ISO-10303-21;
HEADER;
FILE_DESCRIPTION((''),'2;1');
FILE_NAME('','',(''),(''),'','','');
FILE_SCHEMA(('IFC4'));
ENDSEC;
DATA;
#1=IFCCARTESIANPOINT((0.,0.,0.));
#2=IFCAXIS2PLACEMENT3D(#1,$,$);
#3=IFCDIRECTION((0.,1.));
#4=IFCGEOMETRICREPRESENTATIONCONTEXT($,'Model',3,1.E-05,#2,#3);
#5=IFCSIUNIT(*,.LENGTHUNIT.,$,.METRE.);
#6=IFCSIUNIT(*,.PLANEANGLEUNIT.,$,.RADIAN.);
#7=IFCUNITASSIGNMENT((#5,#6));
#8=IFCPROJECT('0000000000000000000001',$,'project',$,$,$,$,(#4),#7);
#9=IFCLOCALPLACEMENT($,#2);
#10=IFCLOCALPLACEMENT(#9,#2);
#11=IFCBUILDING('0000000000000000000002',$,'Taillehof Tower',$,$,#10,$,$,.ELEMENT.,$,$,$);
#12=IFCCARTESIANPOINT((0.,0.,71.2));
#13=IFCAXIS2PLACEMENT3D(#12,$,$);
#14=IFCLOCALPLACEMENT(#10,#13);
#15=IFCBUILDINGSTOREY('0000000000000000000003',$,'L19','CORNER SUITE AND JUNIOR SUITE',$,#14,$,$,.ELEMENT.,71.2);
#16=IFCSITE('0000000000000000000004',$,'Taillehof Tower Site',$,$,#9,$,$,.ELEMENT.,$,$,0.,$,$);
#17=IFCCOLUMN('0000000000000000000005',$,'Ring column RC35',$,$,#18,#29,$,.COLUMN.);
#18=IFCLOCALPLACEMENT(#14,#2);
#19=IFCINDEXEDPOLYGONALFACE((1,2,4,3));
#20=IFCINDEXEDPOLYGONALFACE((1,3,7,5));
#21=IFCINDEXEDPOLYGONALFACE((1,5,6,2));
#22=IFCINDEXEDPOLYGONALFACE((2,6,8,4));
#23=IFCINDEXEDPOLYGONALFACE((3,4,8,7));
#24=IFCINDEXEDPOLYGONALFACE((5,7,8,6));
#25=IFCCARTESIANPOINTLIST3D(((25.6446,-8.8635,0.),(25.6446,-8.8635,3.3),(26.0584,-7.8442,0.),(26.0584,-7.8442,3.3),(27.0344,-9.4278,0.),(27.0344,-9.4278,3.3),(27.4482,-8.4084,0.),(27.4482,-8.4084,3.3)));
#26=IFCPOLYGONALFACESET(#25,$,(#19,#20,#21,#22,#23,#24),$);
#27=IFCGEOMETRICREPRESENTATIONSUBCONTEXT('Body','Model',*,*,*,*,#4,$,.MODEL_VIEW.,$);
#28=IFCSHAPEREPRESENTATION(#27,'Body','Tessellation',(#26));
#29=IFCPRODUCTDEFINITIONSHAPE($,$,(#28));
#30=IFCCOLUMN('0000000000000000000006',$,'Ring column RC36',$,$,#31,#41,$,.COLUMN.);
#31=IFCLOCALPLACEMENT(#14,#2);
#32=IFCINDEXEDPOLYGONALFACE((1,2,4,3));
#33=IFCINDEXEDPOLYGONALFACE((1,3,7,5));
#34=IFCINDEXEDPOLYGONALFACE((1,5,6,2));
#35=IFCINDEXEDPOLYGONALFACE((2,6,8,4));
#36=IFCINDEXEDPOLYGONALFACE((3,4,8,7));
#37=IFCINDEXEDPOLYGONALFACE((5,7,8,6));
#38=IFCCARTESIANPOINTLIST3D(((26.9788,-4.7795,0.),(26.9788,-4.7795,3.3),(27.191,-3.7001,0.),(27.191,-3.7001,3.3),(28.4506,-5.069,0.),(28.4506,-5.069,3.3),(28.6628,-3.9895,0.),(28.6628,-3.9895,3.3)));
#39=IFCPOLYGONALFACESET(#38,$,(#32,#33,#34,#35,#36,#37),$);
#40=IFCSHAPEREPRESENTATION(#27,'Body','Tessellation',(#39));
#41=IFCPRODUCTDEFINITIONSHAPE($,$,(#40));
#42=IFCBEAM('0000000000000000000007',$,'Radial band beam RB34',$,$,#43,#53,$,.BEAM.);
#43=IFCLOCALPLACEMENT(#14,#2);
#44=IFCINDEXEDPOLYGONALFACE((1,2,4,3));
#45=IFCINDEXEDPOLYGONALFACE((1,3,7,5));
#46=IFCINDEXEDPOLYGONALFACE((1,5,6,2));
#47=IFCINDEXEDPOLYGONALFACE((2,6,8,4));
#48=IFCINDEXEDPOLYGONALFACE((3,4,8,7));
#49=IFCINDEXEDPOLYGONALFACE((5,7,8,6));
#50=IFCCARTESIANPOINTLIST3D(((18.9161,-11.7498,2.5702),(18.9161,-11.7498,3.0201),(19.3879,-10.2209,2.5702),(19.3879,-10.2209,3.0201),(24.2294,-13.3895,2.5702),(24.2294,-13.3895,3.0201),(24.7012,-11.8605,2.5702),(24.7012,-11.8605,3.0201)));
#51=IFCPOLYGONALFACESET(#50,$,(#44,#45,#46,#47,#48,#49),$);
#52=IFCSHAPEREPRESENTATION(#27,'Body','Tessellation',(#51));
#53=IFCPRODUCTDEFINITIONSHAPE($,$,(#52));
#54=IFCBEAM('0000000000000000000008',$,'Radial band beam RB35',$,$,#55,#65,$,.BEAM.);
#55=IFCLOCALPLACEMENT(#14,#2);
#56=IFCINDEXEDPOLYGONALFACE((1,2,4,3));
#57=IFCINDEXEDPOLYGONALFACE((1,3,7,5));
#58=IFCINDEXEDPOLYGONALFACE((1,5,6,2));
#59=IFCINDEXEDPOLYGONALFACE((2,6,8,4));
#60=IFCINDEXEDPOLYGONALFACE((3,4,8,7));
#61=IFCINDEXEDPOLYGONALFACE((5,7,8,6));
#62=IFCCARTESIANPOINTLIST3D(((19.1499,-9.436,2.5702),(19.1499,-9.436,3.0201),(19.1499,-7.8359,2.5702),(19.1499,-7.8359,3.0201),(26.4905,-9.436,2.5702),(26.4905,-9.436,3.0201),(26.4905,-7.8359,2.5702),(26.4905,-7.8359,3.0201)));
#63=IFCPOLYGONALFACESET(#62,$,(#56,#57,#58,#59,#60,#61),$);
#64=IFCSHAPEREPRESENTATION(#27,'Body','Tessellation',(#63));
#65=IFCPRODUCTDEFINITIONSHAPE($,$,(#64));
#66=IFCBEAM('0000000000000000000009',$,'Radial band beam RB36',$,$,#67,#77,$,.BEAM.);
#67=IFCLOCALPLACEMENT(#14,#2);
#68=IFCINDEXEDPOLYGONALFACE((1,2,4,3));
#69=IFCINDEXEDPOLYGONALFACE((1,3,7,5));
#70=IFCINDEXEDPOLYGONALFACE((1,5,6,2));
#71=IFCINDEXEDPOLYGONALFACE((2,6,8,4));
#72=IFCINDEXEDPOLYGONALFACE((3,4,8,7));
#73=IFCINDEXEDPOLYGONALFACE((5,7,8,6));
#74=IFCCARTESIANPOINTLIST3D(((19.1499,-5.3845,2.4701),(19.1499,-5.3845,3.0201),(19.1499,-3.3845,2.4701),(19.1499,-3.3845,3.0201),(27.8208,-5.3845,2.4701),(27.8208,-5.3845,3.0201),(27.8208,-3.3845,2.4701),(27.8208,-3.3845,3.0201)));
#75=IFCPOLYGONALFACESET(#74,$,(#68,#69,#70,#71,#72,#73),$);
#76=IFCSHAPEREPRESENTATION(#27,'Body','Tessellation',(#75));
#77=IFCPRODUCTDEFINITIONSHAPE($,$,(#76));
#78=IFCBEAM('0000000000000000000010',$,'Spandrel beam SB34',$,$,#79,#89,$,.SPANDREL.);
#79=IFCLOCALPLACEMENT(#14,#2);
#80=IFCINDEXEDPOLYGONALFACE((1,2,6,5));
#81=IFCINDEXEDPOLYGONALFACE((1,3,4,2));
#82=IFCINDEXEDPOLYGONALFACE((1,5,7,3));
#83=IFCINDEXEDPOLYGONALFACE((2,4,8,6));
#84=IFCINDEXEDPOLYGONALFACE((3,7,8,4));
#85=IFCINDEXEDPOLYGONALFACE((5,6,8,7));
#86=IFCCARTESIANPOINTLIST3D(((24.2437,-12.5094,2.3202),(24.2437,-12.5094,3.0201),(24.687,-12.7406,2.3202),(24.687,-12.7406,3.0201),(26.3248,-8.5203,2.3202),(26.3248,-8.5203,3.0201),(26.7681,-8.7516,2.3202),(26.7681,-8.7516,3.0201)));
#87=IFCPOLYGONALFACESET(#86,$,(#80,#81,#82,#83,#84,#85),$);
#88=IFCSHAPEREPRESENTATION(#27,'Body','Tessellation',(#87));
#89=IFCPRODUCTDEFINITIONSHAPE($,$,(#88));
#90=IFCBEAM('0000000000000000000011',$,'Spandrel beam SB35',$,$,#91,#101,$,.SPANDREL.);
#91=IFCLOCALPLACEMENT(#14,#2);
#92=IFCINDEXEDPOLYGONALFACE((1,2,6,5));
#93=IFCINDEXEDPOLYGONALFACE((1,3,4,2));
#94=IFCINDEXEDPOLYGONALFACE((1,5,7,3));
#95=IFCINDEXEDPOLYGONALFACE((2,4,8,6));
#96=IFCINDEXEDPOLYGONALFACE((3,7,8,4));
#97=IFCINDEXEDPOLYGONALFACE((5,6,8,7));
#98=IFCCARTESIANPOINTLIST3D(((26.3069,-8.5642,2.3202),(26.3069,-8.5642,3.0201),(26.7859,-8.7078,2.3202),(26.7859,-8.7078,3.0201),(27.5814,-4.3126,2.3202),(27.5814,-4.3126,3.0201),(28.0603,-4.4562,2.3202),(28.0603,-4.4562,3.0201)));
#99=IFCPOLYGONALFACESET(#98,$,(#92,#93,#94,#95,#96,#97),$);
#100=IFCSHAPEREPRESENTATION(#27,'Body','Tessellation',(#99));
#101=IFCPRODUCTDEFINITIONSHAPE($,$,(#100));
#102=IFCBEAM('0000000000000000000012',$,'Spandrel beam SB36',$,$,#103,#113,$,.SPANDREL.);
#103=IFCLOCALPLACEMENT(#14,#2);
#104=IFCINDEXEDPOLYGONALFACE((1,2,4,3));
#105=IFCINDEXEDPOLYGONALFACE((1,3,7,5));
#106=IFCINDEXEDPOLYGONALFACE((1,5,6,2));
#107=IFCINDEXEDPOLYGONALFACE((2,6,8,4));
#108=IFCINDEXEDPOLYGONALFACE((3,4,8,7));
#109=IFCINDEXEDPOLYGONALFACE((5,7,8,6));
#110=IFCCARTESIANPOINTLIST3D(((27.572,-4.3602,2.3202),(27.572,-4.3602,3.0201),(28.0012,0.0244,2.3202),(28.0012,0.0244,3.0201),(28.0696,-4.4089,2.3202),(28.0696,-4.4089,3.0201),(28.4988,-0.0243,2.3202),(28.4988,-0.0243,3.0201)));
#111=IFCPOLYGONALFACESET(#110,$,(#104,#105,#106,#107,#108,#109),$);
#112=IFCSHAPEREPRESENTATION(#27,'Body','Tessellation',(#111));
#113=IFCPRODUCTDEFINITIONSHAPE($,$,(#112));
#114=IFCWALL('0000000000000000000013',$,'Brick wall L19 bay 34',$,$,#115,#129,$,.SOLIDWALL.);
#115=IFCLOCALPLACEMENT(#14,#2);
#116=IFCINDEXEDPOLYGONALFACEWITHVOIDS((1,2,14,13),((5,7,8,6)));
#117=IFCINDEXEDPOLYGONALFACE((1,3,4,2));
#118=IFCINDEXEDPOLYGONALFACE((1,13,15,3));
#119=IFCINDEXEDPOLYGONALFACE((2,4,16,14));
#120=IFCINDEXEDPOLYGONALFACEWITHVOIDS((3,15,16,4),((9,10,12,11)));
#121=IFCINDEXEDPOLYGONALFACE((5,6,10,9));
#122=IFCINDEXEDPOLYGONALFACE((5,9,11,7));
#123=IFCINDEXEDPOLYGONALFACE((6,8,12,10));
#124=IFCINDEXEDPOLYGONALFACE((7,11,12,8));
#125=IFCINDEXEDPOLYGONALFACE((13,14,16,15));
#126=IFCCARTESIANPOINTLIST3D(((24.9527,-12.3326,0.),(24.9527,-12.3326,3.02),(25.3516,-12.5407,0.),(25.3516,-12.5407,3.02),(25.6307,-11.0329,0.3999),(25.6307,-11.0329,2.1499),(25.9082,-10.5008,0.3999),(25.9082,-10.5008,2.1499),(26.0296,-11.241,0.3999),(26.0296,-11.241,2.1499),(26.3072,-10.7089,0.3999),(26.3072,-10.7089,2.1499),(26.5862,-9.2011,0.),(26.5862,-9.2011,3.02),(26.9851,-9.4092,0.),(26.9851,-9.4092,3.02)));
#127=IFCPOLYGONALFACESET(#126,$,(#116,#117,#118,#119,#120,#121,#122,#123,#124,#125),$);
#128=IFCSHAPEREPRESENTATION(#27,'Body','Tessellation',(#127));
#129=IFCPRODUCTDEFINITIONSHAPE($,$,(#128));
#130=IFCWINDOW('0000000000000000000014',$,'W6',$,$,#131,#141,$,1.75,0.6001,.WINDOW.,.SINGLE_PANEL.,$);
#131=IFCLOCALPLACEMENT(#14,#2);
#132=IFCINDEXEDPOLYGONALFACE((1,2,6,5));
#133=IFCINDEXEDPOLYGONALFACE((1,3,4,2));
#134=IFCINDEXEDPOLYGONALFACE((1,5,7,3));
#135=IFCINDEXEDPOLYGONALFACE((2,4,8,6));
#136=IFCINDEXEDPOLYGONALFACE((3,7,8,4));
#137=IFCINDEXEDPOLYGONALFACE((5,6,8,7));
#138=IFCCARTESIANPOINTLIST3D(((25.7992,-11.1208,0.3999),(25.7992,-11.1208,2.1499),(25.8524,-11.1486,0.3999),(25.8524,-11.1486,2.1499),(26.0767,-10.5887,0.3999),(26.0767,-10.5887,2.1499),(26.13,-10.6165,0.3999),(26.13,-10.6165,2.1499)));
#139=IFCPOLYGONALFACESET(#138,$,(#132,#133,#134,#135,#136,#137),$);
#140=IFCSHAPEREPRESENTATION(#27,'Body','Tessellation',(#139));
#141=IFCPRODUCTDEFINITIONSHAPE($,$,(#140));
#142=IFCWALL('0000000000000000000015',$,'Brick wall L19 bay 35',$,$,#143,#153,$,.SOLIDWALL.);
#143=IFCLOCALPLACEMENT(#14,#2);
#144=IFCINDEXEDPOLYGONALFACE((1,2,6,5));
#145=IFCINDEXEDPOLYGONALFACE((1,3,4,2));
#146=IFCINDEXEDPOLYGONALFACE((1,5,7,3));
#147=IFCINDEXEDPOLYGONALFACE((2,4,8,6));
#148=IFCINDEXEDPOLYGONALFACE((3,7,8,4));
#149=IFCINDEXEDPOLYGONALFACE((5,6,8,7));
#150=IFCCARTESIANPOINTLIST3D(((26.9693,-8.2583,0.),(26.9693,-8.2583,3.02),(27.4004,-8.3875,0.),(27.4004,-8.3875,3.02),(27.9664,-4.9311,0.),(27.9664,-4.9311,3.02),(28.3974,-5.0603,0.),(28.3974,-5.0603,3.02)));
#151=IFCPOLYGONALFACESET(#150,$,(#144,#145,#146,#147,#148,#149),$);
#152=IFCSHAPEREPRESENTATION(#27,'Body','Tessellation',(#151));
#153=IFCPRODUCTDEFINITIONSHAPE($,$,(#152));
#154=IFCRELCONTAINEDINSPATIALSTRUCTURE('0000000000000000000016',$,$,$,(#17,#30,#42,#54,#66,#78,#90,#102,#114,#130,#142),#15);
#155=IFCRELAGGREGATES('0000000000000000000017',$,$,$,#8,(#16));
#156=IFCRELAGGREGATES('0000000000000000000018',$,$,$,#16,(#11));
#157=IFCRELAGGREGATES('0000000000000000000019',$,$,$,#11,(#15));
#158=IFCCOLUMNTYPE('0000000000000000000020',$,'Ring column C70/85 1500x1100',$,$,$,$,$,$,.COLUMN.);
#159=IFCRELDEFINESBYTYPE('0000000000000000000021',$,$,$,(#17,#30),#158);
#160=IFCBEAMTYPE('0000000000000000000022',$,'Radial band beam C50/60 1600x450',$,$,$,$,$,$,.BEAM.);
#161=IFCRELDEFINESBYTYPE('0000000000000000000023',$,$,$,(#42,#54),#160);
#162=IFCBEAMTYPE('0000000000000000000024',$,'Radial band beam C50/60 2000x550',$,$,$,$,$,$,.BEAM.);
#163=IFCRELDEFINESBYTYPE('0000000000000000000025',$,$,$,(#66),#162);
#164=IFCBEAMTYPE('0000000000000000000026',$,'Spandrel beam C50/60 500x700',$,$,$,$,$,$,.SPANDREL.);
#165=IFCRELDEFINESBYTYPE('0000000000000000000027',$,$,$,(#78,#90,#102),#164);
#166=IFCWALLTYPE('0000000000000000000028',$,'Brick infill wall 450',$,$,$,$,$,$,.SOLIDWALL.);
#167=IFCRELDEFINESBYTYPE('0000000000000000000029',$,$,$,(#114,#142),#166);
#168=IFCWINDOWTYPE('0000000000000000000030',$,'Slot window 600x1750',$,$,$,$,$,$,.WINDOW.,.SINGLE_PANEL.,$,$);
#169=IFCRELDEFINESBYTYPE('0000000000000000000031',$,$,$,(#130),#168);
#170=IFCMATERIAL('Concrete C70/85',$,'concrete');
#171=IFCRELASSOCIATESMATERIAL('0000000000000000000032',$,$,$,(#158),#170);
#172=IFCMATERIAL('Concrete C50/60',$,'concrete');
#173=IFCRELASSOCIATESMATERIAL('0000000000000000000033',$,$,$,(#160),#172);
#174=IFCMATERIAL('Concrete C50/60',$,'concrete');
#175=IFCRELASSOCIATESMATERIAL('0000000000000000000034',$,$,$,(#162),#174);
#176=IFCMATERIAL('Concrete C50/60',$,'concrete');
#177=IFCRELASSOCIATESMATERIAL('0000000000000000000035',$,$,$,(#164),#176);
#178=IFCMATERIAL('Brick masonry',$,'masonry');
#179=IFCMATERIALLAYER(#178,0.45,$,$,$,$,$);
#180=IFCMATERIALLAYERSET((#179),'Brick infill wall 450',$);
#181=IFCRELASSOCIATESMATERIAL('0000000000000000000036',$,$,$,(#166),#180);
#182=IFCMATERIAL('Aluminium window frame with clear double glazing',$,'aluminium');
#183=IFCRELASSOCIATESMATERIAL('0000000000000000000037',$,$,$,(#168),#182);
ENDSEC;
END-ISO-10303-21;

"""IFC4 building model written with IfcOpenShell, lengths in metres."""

from ifc_helpers import new_model, si_unit, direction, frame, frame_2d, origin, origin_2d, place, context, subcontext, project, spatial, rectangle, extrude, material, layer, layer_set, material_profile, profile_set, type_object, element, fill, save


model = new_model("IFC4")

# Units and contexts
model_context = context("Model", 3, precision=1e-05, world=origin(), true_north=direction((0.0, 1.0)))
body_context = subcontext(model_context, "Body", "Model", "MODEL_VIEW")
ifc_project = project(units=[si_unit("LENGTHUNIT", "METRE"), si_unit("PLANEANGLEUNIT", "RADIAN")], contexts=[model_context])

# Site, building, storey
site_placement = place(None, origin())
site = spatial("IfcSite", under=ifc_project, at=site_placement, Name="Taillehof Tower Site", CompositionType="ELEMENT", RefElevation=0.0)
building_placement = place(site_placement, origin())
building = spatial("IfcBuilding", under=site, at=building_placement, Name="Taillehof Tower", CompositionType="ELEMENT")
storey_placement = place(building_placement, frame((0.0, 0.0, 71.2)))
storey = spatial("IfcBuildingStorey", under=building, at=storey_placement, Name="L19", Description="CORNER SUITE AND JUNIOR SUITE", CompositionType="ELEMENT", Elevation=71.2)

# Columns
ifc_material_1 = material(Name="Concrete C70/85", Category="concrete")
ifc_material_profile_1 = material_profile(ifc_material_1, rectangle(XDim=1.5, YDim=1.1001, at=origin_2d()), Name="RC 1500x1100")
ifc_profile_set_1 = profile_set([ifc_material_profile_1], Name="Concrete C70/85")
column_type = type_object("IfcColumnType", Name="Ring column C70/85 1500x1100", PredefinedType="COLUMN", material=ifc_profile_set_1)
for number, where, z_axis, x_axis, name in (
    (1, (26.5464, -8.636, 0.0), (0.0, 0.0, 1.0), (0.926558, -0.376152, 0.0), "Ring column RC35"),
    (2, (27.8208, -4.3845, 0.0), (0.0, 0.0, 1.0), (0.981204, -0.192976, 0.0), "Ring column RC36"),
):
    element("IfcColumn", number, at=place(storey_placement, frame(where, z_axis=z_axis, x_axis=x_axis)), inside=storey, type_object=column_type, Name=name, PredefinedType="COLUMN", context=body_context, shape_type="SweptSolid", body=[
        extrude(rectangle(XDim=1.5, YDim=1.1001, at=origin_2d()), origin(), (0.0, 0.0, 1.0), 3.3),
    ])

# Beams
ifc_material_2 = material(Name="Concrete C50/60", Category="concrete")
ifc_material_profile_2 = material_profile(ifc_material_2, rectangle(XDim=1.6001, YDim=0.45, at=origin_2d()), Name="RC 1600x450")
ifc_profile_set_2 = profile_set([ifc_material_profile_2], Name="Concrete C50/60")
beam_type_1 = type_object("IfcBeamType", Name="Radial band beam C50/60 1600x450", PredefinedType="BEAM", material=ifc_profile_set_2)
beam_1_placement = place(storey_placement, frame((24.4653, -12.625, 2.7952), z_axis=(-0.955536, 0.294876, 0.0), x_axis=(-0.294876, -0.955536, 0.0)))
element("IfcBeam", 3, at=beam_1_placement, inside=storey, type_object=beam_type_1, Name="Radial band beam RB34", PredefinedType="BEAM", context=body_context, shape_type="SweptSolid", body=[
    extrude(rectangle(XDim=1.6001, YDim=0.45, at=origin_2d()), origin(), (0.0, 0.0, 1.0), 5.5605),
])
beam_2_placement = place(storey_placement, frame((26.4905, -8.636, 2.7952), z_axis=(-1.0, 0.0, 0.0), x_axis=(0.0, -1.0, 0.0)))
element("IfcBeam", 4, at=beam_2_placement, inside=storey, type_object=beam_type_1, Name="Radial band beam RB35", PredefinedType="BEAM", context=body_context, shape_type="SweptSolid", body=[
    extrude(rectangle(XDim=1.6001, YDim=0.45, at=origin_2d()), origin(), (0.0, 0.0, 1.0), 7.3406),
])
ifc_material_3 = material(Name="Concrete C50/60", Category="concrete")
ifc_material_profile_3 = material_profile(ifc_material_3, rectangle(XDim=2.0, YDim=0.55, at=origin_2d()), Name="RC 2000x550")
ifc_profile_set_3 = profile_set([ifc_material_profile_3], Name="Concrete C50/60")
beam_type_2 = type_object("IfcBeamType", Name="Radial band beam C50/60 2000x550", PredefinedType="BEAM", material=ifc_profile_set_3)
beam_3_placement = place(storey_placement, frame((27.8208, -4.3845, 2.7451), z_axis=(-1.0, 0.0, 0.0), x_axis=(0.0, -1.0, 0.0)))
element("IfcBeam", 5, at=beam_3_placement, inside=storey, type_object=beam_type_2, Name="Radial band beam RB36", PredefinedType="BEAM", context=body_context, shape_type="SweptSolid", body=[
    extrude(rectangle(XDim=2.0, YDim=0.55, at=origin_2d()), origin(), (0.0, 0.0, 1.0), 8.6709),
])
ifc_material_4 = material(Name="Concrete C50/60", Category="concrete")
ifc_material_profile_4 = material_profile(ifc_material_4, rectangle(XDim=0.5, YDim=0.7, at=origin_2d()), Name="RC 500x700")
ifc_profile_set_4 = profile_set([ifc_material_profile_4], Name="Concrete C50/60")
beam_type_3 = type_object("IfcBeamType", Name="Spandrel beam C50/60 500x700", PredefinedType="SPANDREL", material=ifc_profile_set_4)
beam_4_placement = place(storey_placement, frame((24.4653, -12.625, 2.6702), z_axis=(0.462536, 0.8866, 0.0), x_axis=(-0.8866, 0.462536, 0.0)))
element("IfcBeam", 6, at=beam_4_placement, inside=storey, type_object=beam_type_3, Name="Spandrel beam SB34", PredefinedType="SPANDREL", context=body_context, shape_type="SweptSolid", body=[
    extrude(rectangle(XDim=0.5, YDim=0.7, at=origin_2d()), origin(), (0.0, 0.0, 1.0), 4.4993),
])
beam_5_placement = place(storey_placement, frame((26.5464, -8.636, 2.6702), z_axis=(0.287136, 0.95789, 0.0), x_axis=(-0.95789, 0.287136, 0.0)))
element("IfcBeam", 7, at=beam_5_placement, inside=storey, type_object=beam_type_3, Name="Spandrel beam SB35", PredefinedType="SPANDREL", context=body_context, shape_type="SweptSolid", body=[
    extrude(rectangle(XDim=0.5, YDim=0.7, at=origin_2d()), origin(), (0.0, 0.0, 1.0), 4.4385),
])
beam_6_placement = place(storey_placement, frame((27.8208, -4.3845, 2.6702), z_axis=(0.097424, 0.995243, 0.0), x_axis=(-0.995243, 0.097424, 0.0)))
element("IfcBeam", 8, at=beam_6_placement, inside=storey, type_object=beam_type_3, Name="Spandrel beam SB36", PredefinedType="SPANDREL", context=body_context, shape_type="SweptSolid", body=[
    extrude(rectangle(XDim=0.5, YDim=0.7, at=origin_2d()), origin(), (0.0, 0.0, 1.0), 4.4055),
])

# Wall, opening, window
ifc_material_5 = material(Name="Brick masonry", Category="masonry")
ifc_layer_1 = layer(ifc_material_5, 0.45)
ifc_layer_set_1 = layer_set([ifc_layer_1], Name="Brick infill wall 450")
wall_type_1 = type_object("IfcWallType", Name="Brick infill wall 450", PredefinedType="SOLIDWALL", material=ifc_layer_set_1)
wall_1_placement = place(storey_placement, frame((25.1521, -12.4368, 0.0), z_axis=(0.0, 0.0, 1.0), x_axis=(0.462493, 0.886623, 0.0)))
wall_1 = element("IfcWall", 9, at=wall_1_placement, inside=storey, type_object=wall_type_1, Name="Brick wall L19 bay 34", PredefinedType="SOLIDWALL", context=body_context, shape_type="SweptSolid", body=[
    extrude(rectangle(XDim=3.532, YDim=0.45, at=frame_2d((1.7661, 0.0))), origin(), (0.0, 0.0, 1.0), 3.02),
])
opening_1_placement = place(wall_1_placement, frame((1.4661, 0.0, 0.3999)))
opening_1 = element("IfcOpeningElement", 10, at=opening_1_placement, cuts=wall_1, PredefinedType="OPENING", context=body_context, shape_type="SweptSolid", body=[
    extrude(rectangle(XDim=0.6001, YDim=1.75, at=frame_2d((0.3, 0.875))), frame((0.0, 0.2349, 0.0), z_axis=(0.0, -1.0, 0.0), x_axis=(1.0, 0.0, 0.0)), (0.0, 0.0, 1.0), 0.47),
])
ifc_material_6 = material(Name="Aluminium window frame with clear double glazing", Category="aluminium")
window_type = type_object("IfcWindowType", Name="Slot window 600x1750", PartitioningType="SINGLE_PANEL", PredefinedType="WINDOW", material=ifc_material_6)
window_1_placement = place(opening_1_placement, origin())
window_1 = element("IfcWindow", 11, at=window_1_placement, inside=storey, type_object=window_type, Name="W6", OverallHeight=1.75, OverallWidth=0.6001, PartitioningType="SINGLE_PANEL", PredefinedType="WINDOW", context=body_context, shape_type="SweptSolid", body=[
    extrude(rectangle(XDim=0.6001, YDim=1.75, at=frame_2d((0.3, 0.875))), frame((0.0, 0.0349, 0.0), z_axis=(0.0, -1.0, 0.0), x_axis=(1.0, 0.0, 0.0)), (0.0, 0.0, 1.0), 0.0601),
])
fill(opening_1, window_1)

# Wall
wall_2_placement = place(storey_placement, frame((27.1848, -8.323, 0.0), z_axis=(0.0, 0.0, 1.0), x_axis=(0.287064, 0.957911, 0.0)))
element("IfcWall", 12, at=wall_2_placement, inside=storey, type_object=wall_type_1, Name="Brick wall L19 bay 35", PredefinedType="SOLIDWALL", context=body_context, shape_type="SweptSolid", body=[
    extrude(rectangle(XDim=3.4734, YDim=0.45, at=frame_2d((1.7368, 0.0))), origin(), (0.0, 0.0, 1.0), 3.02),
])

save(model, "model.ifc")
